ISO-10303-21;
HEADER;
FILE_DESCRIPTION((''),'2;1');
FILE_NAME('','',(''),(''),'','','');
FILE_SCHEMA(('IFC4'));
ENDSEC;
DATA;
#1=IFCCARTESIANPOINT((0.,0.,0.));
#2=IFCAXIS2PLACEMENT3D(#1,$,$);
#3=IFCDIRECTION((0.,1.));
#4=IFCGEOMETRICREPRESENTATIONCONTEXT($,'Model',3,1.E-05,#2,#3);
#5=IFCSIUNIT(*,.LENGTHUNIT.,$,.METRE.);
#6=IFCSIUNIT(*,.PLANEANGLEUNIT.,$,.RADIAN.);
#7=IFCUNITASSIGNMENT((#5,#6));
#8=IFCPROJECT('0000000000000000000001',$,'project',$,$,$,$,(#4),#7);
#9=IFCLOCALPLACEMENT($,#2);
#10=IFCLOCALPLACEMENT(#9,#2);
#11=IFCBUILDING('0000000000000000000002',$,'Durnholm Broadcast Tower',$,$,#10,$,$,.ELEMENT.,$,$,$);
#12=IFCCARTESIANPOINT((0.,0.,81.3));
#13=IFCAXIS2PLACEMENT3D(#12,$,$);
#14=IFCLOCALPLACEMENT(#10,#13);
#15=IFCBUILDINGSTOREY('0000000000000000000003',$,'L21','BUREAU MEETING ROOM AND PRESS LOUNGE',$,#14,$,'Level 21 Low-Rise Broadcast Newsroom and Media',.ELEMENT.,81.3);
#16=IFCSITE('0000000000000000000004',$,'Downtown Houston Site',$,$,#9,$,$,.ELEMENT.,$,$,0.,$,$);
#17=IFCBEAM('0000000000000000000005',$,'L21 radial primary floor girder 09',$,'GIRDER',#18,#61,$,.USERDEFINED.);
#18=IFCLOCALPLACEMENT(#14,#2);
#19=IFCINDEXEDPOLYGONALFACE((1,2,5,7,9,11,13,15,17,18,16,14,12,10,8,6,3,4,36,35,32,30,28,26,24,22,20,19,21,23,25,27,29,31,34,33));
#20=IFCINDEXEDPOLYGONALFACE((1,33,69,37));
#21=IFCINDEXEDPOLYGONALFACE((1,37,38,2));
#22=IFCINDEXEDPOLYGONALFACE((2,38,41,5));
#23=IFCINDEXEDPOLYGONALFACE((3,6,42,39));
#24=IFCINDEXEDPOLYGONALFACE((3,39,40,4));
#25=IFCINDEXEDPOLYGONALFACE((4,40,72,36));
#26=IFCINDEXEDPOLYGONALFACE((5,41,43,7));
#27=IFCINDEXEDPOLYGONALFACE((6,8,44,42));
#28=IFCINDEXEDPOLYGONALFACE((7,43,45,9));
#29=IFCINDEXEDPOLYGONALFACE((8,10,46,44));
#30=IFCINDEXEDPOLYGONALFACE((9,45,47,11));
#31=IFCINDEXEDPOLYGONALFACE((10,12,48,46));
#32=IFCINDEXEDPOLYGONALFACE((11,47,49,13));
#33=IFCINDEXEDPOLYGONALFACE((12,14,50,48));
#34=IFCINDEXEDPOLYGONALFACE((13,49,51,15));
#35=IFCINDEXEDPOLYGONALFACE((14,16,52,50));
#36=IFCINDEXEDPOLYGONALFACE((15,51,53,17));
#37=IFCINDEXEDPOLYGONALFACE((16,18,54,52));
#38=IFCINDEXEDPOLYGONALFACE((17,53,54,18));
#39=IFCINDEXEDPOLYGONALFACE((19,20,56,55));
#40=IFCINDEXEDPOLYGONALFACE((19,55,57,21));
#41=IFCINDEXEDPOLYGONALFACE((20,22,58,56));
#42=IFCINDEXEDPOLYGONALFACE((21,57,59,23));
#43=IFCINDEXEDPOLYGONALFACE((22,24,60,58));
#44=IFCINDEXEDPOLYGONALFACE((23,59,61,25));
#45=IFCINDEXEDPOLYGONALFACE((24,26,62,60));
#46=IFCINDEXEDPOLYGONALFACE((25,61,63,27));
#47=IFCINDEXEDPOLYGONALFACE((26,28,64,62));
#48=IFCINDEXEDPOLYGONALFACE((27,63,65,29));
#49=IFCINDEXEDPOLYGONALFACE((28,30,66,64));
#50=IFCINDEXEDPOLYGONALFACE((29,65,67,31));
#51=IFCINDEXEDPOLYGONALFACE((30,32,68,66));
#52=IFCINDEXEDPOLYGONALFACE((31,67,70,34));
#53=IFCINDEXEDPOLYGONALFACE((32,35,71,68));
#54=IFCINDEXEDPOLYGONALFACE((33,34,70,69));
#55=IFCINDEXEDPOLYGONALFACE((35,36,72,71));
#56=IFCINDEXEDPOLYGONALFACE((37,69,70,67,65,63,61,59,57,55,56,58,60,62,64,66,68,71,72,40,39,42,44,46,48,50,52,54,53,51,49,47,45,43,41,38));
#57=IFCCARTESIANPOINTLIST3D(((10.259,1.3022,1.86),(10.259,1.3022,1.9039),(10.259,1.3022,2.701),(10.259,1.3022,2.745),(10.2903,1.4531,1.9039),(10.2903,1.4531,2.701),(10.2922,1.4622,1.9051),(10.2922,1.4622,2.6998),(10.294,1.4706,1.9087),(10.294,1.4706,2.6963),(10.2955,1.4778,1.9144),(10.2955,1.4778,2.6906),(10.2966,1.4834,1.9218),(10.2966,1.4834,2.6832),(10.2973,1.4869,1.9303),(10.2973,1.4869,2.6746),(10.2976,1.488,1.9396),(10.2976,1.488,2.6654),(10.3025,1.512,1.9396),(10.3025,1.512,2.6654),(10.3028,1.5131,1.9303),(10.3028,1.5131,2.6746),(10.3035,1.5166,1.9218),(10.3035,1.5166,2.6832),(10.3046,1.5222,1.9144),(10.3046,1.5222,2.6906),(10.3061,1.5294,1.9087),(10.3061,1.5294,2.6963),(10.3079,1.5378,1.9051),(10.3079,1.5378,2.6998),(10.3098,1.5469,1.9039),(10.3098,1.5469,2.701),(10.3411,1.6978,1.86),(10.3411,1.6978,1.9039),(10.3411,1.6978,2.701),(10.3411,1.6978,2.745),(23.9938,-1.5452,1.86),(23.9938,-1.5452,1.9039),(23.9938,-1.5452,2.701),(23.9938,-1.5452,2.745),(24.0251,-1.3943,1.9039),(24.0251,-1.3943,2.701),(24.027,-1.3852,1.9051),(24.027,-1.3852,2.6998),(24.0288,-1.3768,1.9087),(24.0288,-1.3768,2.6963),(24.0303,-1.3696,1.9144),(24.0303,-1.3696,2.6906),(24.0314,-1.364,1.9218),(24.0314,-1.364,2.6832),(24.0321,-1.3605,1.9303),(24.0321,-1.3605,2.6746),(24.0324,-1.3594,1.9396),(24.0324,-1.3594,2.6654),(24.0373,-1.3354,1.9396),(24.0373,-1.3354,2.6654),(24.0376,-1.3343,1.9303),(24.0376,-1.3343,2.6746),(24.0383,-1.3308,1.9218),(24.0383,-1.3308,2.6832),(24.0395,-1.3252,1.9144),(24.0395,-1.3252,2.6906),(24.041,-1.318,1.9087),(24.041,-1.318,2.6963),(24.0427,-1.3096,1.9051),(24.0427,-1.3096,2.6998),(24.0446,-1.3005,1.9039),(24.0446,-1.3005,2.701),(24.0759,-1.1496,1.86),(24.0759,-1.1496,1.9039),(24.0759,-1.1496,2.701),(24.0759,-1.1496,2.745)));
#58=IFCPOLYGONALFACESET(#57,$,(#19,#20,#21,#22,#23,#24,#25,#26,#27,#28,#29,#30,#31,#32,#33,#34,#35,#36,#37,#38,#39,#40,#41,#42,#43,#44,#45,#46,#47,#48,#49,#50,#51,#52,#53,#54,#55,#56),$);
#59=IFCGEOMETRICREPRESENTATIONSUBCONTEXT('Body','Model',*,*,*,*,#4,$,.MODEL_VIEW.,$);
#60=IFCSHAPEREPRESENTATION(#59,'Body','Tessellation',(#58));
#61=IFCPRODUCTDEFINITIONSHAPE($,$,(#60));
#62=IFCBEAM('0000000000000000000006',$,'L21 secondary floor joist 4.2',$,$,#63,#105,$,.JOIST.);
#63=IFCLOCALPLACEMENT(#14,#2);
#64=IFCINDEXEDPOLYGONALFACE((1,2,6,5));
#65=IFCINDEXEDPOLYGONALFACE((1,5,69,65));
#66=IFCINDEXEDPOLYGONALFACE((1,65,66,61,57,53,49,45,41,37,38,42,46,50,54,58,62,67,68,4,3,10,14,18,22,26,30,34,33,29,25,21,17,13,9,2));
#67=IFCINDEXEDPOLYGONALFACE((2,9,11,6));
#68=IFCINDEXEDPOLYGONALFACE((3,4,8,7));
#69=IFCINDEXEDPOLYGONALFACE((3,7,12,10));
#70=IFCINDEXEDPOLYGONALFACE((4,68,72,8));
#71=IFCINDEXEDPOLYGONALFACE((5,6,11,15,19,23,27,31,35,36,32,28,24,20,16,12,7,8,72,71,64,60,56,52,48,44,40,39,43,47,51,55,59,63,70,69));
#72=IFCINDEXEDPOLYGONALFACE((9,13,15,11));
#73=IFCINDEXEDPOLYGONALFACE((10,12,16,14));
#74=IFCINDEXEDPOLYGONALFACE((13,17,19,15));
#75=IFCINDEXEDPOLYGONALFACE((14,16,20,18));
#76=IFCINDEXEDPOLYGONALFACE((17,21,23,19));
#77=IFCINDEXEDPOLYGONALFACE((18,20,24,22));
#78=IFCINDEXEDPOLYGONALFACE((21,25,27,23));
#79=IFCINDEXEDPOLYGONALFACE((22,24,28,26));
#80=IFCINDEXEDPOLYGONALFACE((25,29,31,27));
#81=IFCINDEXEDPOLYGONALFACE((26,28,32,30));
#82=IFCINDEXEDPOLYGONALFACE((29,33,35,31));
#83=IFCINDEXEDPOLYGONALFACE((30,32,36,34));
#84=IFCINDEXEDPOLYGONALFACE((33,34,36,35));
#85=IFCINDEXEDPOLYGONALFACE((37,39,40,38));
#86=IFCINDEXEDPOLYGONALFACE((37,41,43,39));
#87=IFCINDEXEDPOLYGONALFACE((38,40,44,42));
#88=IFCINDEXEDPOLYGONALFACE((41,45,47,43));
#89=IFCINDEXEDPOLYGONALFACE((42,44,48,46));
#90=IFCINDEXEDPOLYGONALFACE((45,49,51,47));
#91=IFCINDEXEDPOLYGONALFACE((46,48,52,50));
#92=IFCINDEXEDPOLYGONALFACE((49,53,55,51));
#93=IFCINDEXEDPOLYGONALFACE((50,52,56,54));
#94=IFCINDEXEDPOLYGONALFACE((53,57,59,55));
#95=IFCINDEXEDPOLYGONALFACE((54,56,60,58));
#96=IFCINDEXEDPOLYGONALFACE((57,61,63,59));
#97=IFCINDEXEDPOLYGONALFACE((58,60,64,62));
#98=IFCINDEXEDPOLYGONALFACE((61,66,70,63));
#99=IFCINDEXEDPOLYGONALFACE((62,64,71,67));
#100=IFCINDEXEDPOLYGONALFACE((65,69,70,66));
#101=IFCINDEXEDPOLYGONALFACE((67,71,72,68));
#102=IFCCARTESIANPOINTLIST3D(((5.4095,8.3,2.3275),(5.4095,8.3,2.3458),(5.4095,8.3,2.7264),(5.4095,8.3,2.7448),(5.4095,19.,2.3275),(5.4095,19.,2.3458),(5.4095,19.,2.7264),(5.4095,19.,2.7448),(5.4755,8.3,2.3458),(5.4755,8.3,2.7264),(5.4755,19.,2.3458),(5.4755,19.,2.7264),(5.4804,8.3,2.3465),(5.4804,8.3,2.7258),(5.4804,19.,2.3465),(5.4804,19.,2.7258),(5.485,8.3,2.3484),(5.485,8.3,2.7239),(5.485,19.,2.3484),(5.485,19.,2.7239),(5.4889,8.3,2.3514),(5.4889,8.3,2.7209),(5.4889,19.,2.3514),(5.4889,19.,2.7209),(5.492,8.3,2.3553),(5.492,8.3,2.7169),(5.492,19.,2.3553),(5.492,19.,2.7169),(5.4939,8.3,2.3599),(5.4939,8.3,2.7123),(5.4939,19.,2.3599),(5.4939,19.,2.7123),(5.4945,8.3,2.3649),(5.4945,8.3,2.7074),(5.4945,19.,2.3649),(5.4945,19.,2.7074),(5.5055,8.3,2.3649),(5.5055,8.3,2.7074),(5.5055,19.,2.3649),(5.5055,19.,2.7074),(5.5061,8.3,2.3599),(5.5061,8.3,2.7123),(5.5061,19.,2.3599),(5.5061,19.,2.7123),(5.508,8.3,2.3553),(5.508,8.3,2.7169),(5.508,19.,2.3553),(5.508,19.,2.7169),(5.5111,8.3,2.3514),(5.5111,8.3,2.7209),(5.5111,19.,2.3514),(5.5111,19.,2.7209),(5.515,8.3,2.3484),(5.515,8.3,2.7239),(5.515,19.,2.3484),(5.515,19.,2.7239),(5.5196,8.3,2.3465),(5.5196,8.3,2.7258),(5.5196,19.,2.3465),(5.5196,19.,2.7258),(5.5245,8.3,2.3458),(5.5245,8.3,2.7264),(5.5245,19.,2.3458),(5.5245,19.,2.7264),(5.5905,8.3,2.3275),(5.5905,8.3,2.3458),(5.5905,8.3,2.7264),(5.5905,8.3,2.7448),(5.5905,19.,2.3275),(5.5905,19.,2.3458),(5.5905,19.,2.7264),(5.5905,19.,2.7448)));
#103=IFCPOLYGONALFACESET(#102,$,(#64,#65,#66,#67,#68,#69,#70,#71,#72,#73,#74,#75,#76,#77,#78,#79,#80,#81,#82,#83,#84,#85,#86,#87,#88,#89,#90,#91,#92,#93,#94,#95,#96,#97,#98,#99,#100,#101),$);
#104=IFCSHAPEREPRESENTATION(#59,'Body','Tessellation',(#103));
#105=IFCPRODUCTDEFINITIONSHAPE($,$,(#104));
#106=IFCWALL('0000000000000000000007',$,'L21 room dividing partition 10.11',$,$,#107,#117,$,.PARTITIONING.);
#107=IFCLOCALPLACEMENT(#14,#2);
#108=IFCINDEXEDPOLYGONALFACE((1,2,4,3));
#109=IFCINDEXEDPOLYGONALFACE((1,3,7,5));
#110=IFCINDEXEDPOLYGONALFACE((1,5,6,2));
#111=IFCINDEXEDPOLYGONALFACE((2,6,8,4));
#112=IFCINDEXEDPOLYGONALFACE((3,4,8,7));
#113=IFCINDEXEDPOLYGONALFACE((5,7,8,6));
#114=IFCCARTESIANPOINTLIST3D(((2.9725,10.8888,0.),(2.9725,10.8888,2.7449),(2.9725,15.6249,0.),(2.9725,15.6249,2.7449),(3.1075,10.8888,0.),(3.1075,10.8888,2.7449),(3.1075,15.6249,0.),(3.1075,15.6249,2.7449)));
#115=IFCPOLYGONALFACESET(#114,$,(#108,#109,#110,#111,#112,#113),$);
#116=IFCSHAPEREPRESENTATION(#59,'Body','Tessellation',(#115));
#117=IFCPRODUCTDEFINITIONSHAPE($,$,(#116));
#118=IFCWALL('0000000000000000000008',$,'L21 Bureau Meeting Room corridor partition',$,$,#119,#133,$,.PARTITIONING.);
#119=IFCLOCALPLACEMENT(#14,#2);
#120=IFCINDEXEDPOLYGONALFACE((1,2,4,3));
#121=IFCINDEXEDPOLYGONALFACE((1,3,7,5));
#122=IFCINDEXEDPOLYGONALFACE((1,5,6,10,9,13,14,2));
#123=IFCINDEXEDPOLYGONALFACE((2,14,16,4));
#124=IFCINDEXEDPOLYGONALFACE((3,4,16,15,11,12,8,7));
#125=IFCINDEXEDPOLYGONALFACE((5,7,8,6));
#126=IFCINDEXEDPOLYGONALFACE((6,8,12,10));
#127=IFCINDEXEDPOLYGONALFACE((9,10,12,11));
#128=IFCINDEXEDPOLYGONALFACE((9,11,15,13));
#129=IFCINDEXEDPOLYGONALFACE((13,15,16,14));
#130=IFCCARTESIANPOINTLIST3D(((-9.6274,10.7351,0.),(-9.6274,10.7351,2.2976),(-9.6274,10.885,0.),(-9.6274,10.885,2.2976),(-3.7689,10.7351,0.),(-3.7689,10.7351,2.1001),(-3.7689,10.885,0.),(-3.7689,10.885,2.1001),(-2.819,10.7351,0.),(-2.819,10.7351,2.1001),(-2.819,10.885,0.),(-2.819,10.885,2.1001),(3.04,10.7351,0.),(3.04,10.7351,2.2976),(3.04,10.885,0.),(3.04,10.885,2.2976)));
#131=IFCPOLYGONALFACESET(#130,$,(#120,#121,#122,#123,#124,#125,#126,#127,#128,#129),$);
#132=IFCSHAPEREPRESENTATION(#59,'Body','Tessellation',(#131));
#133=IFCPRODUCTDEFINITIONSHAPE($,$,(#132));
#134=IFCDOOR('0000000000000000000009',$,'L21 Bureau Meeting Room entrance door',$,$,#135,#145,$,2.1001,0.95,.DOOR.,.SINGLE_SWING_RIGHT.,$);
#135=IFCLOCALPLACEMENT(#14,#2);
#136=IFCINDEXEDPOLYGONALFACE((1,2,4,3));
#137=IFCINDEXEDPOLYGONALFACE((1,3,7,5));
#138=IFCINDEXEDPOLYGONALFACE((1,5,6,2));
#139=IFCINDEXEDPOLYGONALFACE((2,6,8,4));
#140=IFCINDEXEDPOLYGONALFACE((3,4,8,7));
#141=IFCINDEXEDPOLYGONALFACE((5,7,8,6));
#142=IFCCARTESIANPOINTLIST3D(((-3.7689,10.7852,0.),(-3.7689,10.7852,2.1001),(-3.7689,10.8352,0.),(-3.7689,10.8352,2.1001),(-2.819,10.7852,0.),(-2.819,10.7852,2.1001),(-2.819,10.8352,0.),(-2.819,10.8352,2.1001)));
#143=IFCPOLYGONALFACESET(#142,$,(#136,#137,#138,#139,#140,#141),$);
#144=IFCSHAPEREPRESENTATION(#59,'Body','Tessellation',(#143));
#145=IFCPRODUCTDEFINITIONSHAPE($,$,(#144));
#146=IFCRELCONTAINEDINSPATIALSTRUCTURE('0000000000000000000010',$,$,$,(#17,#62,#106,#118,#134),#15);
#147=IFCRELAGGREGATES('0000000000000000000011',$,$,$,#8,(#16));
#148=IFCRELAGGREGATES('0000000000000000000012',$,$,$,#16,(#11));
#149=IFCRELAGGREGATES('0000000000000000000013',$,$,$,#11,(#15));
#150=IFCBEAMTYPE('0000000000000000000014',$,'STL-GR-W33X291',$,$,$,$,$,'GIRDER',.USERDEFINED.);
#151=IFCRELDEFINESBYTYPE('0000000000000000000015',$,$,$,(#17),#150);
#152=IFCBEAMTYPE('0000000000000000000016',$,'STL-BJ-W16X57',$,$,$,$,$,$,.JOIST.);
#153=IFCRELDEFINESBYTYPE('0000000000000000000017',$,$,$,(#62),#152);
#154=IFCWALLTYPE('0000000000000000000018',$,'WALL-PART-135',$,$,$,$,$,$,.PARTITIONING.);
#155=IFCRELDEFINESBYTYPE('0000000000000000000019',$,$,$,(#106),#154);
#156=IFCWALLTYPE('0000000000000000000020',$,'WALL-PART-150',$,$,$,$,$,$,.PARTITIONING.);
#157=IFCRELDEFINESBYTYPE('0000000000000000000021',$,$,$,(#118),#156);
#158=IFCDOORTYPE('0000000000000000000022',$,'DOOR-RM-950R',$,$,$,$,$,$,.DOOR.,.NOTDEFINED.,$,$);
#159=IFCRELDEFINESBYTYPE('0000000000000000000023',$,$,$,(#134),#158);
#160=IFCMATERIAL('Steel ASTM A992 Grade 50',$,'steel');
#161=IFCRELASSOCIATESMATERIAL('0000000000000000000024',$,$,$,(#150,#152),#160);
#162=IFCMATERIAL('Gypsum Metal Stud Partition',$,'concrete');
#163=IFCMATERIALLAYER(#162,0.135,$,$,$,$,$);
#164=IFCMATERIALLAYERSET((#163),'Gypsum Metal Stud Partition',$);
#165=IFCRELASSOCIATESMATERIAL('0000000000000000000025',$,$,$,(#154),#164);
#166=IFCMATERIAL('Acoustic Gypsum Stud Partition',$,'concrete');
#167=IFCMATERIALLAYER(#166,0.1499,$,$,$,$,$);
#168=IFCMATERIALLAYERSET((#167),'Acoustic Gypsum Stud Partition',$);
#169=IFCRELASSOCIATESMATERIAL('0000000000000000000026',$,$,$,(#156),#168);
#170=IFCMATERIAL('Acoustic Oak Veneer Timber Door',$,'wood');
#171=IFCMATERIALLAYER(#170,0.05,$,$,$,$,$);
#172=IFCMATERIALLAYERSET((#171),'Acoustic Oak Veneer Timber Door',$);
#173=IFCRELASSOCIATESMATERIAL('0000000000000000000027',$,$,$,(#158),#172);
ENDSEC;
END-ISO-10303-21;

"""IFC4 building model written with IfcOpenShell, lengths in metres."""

from ifc_helpers import new_model, si_unit, direction, frame, frame_2d, origin, origin_2d, place, context, subcontext, project, spatial, rectangle, i_section, extrude, source, transform, mapped, material, layer, layer_set, material_profile, profile_set, type_object, type_shapes, element, fill, save


model = new_model("IFC4")

# Units and contexts
model_context = context("Model", 3, precision=1e-05, world=origin(), true_north=direction((0.0, 1.0)))
body_context = subcontext(model_context, "Body", "Model", "MODEL_VIEW")
ifc_project = project(units=[si_unit("LENGTHUNIT", "METRE"), si_unit("PLANEANGLEUNIT", "RADIAN")], contexts=[model_context])

# Site, building, storey
site_placement = place(None, origin())
site = spatial("IfcSite", under=ifc_project, at=site_placement, Name="Downtown Houston Site", CompositionType="ELEMENT", RefElevation=0.0)
building_placement = place(site_placement, origin())
building = spatial("IfcBuilding", under=site, at=building_placement, Name="Durnholm Broadcast Tower", CompositionType="ELEMENT")
storey_placement = place(building_placement, frame((0.0, 0.0, 81.3)))
storey = spatial("IfcBuildingStorey", under=building, at=storey_placement, Name="L21", Description="BUREAU MEETING ROOM AND PRESS LOUNGE", LongName="Level 21 Low-Rise Broadcast Newsroom and Media", CompositionType="ELEMENT", Elevation=81.3)

# Beams
ifc_material_1 = material(Name="Steel ASTM A992 Grade 50", Category="steel")
ifc_material_profile_1 = material_profile(ifc_material_1, i_section(OverallWidth=0.4041, OverallDepth=0.885, WebThickness=0.0244, FlangeThickness=0.0439, FilletRadius=0.0356, at=origin_2d()), Name="W33X291")
ifc_profile_set_1 = profile_set([ifc_material_profile_1], Name="Steel ASTM A992 Grade 50")
beam_type_1 = type_object("IfcBeamType", Name="STL-GR-W33X291", ElementType="GIRDER", PredefinedType="USERDEFINED", material=ifc_profile_set_1)
shared_shape_1 = source(origin(), body_context, "Body", "SweptSolid", [
    extrude(i_section(OverallWidth=0.4041, OverallDepth=0.885, WebThickness=0.0244, FlangeThickness=0.0439, FilletRadius=0.0356, at=origin_2d()), origin(), (0.0, 0.0, 1.0), 14.0269),
])
beam_1_placement = place(storey_placement, frame((10.3, 1.5, 2.3025), z_axis=(0.979179, -0.202996, 0.0), x_axis=(0.202996, 0.979179, 0.0)))
element("IfcBeam", 1, at=beam_1_placement, inside=storey, type_object=beam_type_1, Name="L21 radial primary floor girder 09", ObjectType="GIRDER", PredefinedType="USERDEFINED", context=body_context, shape_type="MappedRepresentation", body=[
    mapped(shared_shape_1, transform((0.0, 0.0, 0.0), x_axis=(1.0, 0.0, 0.0), y_axis=(0.0, 1.0, 0.0), z_axis=(0.0, 0.0, 1.0), scale=1.0)),
])
ifc_material_profile_2 = material_profile(ifc_material_1, i_section(OverallWidth=0.1809, OverallDepth=0.4172, WebThickness=0.011, FlangeThickness=0.0183, FilletRadius=0.019, at=origin_2d()), Name="W16X57")
ifc_profile_set_2 = profile_set([ifc_material_profile_2], Name="Steel ASTM A992 Grade 50")
beam_type_2 = type_object("IfcBeamType", Name="STL-BJ-W16X57", PredefinedType="JOIST", material=ifc_profile_set_2)
shared_shape_2 = source(origin(), body_context, "Body", "SweptSolid", [
    extrude(i_section(OverallWidth=0.1809, OverallDepth=0.4172, WebThickness=0.011, FlangeThickness=0.0183, FilletRadius=0.019, at=origin_2d()), origin(), (0.0, 0.0, 1.0), 10.7),
])
type_shapes(beam_type_2, [shared_shape_2])
beam_2_placement = place(storey_placement, frame((5.5, 8.3, 2.5361), z_axis=(0.0, 1.0, 0.0), x_axis=(-1.0, 0.0, 0.0)))
element("IfcBeam", 2, at=beam_2_placement, inside=storey, type_object=beam_type_2, Name="L21 secondary floor joist 4.2", PredefinedType="JOIST", context=body_context, shape_type="MappedRepresentation", body=[
    mapped(shared_shape_2, transform((0.0, 0.0, 0.0), x_axis=(1.0, 0.0, 0.0), y_axis=(0.0, 1.0, 0.0), z_axis=(0.0, 0.0, 1.0), scale=1.0)),
])

# Wall
ifc_material_2 = material(Name="Gypsum Metal Stud Partition", Category="concrete")
ifc_layer_1 = layer(ifc_material_2, 0.135)
ifc_layer_set_1 = layer_set([ifc_layer_1], Name="Gypsum Metal Stud Partition")
wall_type_1 = type_object("IfcWallType", Name="WALL-PART-135", PredefinedType="PARTITIONING", material=ifc_layer_set_1)
wall_1_placement = place(storey_placement, frame((3.04, 15.625, 0.0), z_axis=(0.0, 0.0, 1.0), x_axis=(0.0, -1.0, 0.0)))
element("IfcWall", 3, at=wall_1_placement, inside=storey, type_object=wall_type_1, Name="L21 room dividing partition 10.11", PredefinedType="PARTITIONING", context=body_context, shape_type="SweptSolid", body=[
    extrude(rectangle(XDim=4.7361, YDim=0.135, at=frame_2d((2.3682, 0.0))), origin(), (0.0, 0.0, 1.0), 2.7449),
])

# Wall, opening, door
ifc_material_3 = material(Name="Acoustic Gypsum Stud Partition", Category="concrete")
ifc_layer_2 = layer(ifc_material_3, 0.1499)
ifc_layer_set_2 = layer_set([ifc_layer_2], Name="Acoustic Gypsum Stud Partition")
wall_type_2 = type_object("IfcWallType", Name="WALL-PART-150", PredefinedType="PARTITIONING", material=ifc_layer_set_2)
wall_2_placement = place(storey_placement, frame((3.04, 10.8101, 0.0), z_axis=(0.0, 0.0, 1.0), x_axis=(-1.0, 0.0, 0.0)))
wall_2 = element("IfcWall", 4, at=wall_2_placement, inside=storey, type_object=wall_type_2, Name="L21 Bureau Meeting Room corridor partition", PredefinedType="PARTITIONING", context=body_context, shape_type="SweptSolid", body=[
    extrude(rectangle(XDim=12.6675, YDim=0.1499, at=frame_2d((6.3337, 0.0))), origin(), (0.0, 0.0, 1.0), 2.2976),
])
opening_1_placement = place(wall_2_placement, frame((5.8589, 0.0, 0.0)))
opening_1 = element("IfcOpeningElement", 5, at=opening_1_placement, cuts=wall_2, PredefinedType="OPENING", context=body_context, shape_type="SweptSolid", body=[
    extrude(rectangle(XDim=0.95, YDim=2.1001, at=frame_2d((0.4751, 1.05))), frame((0.0, 0.085, 0.0), z_axis=(0.0, -1.0, 0.0), x_axis=(1.0, 0.0, 0.0)), (0.0, 0.0, 1.0), 0.1699),
])
ifc_material_4 = material(Name="Acoustic Oak Veneer Timber Door", Category="wood")
ifc_layer_3 = layer(ifc_material_4, 0.05)
ifc_layer_set_3 = layer_set([ifc_layer_3], Name="Acoustic Oak Veneer Timber Door")
door_type_1 = type_object("IfcDoorType", Name="DOOR-RM-950R", OperationType="NOTDEFINED", PredefinedType="DOOR", material=ifc_layer_set_3)
shared_shape_3 = source(origin(), body_context, "Body", "SweptSolid", [
    extrude(rectangle(XDim=0.95, YDim=2.1001, at=frame_2d((0.4751, 1.05))), frame((0.0, 0.0249, 0.0), z_axis=(0.0, -1.0, 0.0), x_axis=(1.0, 0.0, 0.0)), (0.0, 0.0, 1.0), 0.05),
])
type_shapes(door_type_1, [shared_shape_3])
door_1_placement = place(opening_1_placement, origin())
door_1 = element("IfcDoor", 6, at=door_1_placement, inside=storey, type_object=door_type_1, Name="L21 Bureau Meeting Room entrance door", OperationType="SINGLE_SWING_RIGHT", OverallHeight=2.1001, OverallWidth=0.95, PredefinedType="DOOR", context=body_context, shape_type="MappedRepresentation", body=[
    mapped(shared_shape_3, transform((0.0, 0.0, 0.0), x_axis=(1.0, 0.0, 0.0), y_axis=(0.0, 1.0, 0.0), z_axis=(0.0, 0.0, 1.0), scale=1.0)),
])
fill(opening_1, door_1)

save(model, "model.ifc")
